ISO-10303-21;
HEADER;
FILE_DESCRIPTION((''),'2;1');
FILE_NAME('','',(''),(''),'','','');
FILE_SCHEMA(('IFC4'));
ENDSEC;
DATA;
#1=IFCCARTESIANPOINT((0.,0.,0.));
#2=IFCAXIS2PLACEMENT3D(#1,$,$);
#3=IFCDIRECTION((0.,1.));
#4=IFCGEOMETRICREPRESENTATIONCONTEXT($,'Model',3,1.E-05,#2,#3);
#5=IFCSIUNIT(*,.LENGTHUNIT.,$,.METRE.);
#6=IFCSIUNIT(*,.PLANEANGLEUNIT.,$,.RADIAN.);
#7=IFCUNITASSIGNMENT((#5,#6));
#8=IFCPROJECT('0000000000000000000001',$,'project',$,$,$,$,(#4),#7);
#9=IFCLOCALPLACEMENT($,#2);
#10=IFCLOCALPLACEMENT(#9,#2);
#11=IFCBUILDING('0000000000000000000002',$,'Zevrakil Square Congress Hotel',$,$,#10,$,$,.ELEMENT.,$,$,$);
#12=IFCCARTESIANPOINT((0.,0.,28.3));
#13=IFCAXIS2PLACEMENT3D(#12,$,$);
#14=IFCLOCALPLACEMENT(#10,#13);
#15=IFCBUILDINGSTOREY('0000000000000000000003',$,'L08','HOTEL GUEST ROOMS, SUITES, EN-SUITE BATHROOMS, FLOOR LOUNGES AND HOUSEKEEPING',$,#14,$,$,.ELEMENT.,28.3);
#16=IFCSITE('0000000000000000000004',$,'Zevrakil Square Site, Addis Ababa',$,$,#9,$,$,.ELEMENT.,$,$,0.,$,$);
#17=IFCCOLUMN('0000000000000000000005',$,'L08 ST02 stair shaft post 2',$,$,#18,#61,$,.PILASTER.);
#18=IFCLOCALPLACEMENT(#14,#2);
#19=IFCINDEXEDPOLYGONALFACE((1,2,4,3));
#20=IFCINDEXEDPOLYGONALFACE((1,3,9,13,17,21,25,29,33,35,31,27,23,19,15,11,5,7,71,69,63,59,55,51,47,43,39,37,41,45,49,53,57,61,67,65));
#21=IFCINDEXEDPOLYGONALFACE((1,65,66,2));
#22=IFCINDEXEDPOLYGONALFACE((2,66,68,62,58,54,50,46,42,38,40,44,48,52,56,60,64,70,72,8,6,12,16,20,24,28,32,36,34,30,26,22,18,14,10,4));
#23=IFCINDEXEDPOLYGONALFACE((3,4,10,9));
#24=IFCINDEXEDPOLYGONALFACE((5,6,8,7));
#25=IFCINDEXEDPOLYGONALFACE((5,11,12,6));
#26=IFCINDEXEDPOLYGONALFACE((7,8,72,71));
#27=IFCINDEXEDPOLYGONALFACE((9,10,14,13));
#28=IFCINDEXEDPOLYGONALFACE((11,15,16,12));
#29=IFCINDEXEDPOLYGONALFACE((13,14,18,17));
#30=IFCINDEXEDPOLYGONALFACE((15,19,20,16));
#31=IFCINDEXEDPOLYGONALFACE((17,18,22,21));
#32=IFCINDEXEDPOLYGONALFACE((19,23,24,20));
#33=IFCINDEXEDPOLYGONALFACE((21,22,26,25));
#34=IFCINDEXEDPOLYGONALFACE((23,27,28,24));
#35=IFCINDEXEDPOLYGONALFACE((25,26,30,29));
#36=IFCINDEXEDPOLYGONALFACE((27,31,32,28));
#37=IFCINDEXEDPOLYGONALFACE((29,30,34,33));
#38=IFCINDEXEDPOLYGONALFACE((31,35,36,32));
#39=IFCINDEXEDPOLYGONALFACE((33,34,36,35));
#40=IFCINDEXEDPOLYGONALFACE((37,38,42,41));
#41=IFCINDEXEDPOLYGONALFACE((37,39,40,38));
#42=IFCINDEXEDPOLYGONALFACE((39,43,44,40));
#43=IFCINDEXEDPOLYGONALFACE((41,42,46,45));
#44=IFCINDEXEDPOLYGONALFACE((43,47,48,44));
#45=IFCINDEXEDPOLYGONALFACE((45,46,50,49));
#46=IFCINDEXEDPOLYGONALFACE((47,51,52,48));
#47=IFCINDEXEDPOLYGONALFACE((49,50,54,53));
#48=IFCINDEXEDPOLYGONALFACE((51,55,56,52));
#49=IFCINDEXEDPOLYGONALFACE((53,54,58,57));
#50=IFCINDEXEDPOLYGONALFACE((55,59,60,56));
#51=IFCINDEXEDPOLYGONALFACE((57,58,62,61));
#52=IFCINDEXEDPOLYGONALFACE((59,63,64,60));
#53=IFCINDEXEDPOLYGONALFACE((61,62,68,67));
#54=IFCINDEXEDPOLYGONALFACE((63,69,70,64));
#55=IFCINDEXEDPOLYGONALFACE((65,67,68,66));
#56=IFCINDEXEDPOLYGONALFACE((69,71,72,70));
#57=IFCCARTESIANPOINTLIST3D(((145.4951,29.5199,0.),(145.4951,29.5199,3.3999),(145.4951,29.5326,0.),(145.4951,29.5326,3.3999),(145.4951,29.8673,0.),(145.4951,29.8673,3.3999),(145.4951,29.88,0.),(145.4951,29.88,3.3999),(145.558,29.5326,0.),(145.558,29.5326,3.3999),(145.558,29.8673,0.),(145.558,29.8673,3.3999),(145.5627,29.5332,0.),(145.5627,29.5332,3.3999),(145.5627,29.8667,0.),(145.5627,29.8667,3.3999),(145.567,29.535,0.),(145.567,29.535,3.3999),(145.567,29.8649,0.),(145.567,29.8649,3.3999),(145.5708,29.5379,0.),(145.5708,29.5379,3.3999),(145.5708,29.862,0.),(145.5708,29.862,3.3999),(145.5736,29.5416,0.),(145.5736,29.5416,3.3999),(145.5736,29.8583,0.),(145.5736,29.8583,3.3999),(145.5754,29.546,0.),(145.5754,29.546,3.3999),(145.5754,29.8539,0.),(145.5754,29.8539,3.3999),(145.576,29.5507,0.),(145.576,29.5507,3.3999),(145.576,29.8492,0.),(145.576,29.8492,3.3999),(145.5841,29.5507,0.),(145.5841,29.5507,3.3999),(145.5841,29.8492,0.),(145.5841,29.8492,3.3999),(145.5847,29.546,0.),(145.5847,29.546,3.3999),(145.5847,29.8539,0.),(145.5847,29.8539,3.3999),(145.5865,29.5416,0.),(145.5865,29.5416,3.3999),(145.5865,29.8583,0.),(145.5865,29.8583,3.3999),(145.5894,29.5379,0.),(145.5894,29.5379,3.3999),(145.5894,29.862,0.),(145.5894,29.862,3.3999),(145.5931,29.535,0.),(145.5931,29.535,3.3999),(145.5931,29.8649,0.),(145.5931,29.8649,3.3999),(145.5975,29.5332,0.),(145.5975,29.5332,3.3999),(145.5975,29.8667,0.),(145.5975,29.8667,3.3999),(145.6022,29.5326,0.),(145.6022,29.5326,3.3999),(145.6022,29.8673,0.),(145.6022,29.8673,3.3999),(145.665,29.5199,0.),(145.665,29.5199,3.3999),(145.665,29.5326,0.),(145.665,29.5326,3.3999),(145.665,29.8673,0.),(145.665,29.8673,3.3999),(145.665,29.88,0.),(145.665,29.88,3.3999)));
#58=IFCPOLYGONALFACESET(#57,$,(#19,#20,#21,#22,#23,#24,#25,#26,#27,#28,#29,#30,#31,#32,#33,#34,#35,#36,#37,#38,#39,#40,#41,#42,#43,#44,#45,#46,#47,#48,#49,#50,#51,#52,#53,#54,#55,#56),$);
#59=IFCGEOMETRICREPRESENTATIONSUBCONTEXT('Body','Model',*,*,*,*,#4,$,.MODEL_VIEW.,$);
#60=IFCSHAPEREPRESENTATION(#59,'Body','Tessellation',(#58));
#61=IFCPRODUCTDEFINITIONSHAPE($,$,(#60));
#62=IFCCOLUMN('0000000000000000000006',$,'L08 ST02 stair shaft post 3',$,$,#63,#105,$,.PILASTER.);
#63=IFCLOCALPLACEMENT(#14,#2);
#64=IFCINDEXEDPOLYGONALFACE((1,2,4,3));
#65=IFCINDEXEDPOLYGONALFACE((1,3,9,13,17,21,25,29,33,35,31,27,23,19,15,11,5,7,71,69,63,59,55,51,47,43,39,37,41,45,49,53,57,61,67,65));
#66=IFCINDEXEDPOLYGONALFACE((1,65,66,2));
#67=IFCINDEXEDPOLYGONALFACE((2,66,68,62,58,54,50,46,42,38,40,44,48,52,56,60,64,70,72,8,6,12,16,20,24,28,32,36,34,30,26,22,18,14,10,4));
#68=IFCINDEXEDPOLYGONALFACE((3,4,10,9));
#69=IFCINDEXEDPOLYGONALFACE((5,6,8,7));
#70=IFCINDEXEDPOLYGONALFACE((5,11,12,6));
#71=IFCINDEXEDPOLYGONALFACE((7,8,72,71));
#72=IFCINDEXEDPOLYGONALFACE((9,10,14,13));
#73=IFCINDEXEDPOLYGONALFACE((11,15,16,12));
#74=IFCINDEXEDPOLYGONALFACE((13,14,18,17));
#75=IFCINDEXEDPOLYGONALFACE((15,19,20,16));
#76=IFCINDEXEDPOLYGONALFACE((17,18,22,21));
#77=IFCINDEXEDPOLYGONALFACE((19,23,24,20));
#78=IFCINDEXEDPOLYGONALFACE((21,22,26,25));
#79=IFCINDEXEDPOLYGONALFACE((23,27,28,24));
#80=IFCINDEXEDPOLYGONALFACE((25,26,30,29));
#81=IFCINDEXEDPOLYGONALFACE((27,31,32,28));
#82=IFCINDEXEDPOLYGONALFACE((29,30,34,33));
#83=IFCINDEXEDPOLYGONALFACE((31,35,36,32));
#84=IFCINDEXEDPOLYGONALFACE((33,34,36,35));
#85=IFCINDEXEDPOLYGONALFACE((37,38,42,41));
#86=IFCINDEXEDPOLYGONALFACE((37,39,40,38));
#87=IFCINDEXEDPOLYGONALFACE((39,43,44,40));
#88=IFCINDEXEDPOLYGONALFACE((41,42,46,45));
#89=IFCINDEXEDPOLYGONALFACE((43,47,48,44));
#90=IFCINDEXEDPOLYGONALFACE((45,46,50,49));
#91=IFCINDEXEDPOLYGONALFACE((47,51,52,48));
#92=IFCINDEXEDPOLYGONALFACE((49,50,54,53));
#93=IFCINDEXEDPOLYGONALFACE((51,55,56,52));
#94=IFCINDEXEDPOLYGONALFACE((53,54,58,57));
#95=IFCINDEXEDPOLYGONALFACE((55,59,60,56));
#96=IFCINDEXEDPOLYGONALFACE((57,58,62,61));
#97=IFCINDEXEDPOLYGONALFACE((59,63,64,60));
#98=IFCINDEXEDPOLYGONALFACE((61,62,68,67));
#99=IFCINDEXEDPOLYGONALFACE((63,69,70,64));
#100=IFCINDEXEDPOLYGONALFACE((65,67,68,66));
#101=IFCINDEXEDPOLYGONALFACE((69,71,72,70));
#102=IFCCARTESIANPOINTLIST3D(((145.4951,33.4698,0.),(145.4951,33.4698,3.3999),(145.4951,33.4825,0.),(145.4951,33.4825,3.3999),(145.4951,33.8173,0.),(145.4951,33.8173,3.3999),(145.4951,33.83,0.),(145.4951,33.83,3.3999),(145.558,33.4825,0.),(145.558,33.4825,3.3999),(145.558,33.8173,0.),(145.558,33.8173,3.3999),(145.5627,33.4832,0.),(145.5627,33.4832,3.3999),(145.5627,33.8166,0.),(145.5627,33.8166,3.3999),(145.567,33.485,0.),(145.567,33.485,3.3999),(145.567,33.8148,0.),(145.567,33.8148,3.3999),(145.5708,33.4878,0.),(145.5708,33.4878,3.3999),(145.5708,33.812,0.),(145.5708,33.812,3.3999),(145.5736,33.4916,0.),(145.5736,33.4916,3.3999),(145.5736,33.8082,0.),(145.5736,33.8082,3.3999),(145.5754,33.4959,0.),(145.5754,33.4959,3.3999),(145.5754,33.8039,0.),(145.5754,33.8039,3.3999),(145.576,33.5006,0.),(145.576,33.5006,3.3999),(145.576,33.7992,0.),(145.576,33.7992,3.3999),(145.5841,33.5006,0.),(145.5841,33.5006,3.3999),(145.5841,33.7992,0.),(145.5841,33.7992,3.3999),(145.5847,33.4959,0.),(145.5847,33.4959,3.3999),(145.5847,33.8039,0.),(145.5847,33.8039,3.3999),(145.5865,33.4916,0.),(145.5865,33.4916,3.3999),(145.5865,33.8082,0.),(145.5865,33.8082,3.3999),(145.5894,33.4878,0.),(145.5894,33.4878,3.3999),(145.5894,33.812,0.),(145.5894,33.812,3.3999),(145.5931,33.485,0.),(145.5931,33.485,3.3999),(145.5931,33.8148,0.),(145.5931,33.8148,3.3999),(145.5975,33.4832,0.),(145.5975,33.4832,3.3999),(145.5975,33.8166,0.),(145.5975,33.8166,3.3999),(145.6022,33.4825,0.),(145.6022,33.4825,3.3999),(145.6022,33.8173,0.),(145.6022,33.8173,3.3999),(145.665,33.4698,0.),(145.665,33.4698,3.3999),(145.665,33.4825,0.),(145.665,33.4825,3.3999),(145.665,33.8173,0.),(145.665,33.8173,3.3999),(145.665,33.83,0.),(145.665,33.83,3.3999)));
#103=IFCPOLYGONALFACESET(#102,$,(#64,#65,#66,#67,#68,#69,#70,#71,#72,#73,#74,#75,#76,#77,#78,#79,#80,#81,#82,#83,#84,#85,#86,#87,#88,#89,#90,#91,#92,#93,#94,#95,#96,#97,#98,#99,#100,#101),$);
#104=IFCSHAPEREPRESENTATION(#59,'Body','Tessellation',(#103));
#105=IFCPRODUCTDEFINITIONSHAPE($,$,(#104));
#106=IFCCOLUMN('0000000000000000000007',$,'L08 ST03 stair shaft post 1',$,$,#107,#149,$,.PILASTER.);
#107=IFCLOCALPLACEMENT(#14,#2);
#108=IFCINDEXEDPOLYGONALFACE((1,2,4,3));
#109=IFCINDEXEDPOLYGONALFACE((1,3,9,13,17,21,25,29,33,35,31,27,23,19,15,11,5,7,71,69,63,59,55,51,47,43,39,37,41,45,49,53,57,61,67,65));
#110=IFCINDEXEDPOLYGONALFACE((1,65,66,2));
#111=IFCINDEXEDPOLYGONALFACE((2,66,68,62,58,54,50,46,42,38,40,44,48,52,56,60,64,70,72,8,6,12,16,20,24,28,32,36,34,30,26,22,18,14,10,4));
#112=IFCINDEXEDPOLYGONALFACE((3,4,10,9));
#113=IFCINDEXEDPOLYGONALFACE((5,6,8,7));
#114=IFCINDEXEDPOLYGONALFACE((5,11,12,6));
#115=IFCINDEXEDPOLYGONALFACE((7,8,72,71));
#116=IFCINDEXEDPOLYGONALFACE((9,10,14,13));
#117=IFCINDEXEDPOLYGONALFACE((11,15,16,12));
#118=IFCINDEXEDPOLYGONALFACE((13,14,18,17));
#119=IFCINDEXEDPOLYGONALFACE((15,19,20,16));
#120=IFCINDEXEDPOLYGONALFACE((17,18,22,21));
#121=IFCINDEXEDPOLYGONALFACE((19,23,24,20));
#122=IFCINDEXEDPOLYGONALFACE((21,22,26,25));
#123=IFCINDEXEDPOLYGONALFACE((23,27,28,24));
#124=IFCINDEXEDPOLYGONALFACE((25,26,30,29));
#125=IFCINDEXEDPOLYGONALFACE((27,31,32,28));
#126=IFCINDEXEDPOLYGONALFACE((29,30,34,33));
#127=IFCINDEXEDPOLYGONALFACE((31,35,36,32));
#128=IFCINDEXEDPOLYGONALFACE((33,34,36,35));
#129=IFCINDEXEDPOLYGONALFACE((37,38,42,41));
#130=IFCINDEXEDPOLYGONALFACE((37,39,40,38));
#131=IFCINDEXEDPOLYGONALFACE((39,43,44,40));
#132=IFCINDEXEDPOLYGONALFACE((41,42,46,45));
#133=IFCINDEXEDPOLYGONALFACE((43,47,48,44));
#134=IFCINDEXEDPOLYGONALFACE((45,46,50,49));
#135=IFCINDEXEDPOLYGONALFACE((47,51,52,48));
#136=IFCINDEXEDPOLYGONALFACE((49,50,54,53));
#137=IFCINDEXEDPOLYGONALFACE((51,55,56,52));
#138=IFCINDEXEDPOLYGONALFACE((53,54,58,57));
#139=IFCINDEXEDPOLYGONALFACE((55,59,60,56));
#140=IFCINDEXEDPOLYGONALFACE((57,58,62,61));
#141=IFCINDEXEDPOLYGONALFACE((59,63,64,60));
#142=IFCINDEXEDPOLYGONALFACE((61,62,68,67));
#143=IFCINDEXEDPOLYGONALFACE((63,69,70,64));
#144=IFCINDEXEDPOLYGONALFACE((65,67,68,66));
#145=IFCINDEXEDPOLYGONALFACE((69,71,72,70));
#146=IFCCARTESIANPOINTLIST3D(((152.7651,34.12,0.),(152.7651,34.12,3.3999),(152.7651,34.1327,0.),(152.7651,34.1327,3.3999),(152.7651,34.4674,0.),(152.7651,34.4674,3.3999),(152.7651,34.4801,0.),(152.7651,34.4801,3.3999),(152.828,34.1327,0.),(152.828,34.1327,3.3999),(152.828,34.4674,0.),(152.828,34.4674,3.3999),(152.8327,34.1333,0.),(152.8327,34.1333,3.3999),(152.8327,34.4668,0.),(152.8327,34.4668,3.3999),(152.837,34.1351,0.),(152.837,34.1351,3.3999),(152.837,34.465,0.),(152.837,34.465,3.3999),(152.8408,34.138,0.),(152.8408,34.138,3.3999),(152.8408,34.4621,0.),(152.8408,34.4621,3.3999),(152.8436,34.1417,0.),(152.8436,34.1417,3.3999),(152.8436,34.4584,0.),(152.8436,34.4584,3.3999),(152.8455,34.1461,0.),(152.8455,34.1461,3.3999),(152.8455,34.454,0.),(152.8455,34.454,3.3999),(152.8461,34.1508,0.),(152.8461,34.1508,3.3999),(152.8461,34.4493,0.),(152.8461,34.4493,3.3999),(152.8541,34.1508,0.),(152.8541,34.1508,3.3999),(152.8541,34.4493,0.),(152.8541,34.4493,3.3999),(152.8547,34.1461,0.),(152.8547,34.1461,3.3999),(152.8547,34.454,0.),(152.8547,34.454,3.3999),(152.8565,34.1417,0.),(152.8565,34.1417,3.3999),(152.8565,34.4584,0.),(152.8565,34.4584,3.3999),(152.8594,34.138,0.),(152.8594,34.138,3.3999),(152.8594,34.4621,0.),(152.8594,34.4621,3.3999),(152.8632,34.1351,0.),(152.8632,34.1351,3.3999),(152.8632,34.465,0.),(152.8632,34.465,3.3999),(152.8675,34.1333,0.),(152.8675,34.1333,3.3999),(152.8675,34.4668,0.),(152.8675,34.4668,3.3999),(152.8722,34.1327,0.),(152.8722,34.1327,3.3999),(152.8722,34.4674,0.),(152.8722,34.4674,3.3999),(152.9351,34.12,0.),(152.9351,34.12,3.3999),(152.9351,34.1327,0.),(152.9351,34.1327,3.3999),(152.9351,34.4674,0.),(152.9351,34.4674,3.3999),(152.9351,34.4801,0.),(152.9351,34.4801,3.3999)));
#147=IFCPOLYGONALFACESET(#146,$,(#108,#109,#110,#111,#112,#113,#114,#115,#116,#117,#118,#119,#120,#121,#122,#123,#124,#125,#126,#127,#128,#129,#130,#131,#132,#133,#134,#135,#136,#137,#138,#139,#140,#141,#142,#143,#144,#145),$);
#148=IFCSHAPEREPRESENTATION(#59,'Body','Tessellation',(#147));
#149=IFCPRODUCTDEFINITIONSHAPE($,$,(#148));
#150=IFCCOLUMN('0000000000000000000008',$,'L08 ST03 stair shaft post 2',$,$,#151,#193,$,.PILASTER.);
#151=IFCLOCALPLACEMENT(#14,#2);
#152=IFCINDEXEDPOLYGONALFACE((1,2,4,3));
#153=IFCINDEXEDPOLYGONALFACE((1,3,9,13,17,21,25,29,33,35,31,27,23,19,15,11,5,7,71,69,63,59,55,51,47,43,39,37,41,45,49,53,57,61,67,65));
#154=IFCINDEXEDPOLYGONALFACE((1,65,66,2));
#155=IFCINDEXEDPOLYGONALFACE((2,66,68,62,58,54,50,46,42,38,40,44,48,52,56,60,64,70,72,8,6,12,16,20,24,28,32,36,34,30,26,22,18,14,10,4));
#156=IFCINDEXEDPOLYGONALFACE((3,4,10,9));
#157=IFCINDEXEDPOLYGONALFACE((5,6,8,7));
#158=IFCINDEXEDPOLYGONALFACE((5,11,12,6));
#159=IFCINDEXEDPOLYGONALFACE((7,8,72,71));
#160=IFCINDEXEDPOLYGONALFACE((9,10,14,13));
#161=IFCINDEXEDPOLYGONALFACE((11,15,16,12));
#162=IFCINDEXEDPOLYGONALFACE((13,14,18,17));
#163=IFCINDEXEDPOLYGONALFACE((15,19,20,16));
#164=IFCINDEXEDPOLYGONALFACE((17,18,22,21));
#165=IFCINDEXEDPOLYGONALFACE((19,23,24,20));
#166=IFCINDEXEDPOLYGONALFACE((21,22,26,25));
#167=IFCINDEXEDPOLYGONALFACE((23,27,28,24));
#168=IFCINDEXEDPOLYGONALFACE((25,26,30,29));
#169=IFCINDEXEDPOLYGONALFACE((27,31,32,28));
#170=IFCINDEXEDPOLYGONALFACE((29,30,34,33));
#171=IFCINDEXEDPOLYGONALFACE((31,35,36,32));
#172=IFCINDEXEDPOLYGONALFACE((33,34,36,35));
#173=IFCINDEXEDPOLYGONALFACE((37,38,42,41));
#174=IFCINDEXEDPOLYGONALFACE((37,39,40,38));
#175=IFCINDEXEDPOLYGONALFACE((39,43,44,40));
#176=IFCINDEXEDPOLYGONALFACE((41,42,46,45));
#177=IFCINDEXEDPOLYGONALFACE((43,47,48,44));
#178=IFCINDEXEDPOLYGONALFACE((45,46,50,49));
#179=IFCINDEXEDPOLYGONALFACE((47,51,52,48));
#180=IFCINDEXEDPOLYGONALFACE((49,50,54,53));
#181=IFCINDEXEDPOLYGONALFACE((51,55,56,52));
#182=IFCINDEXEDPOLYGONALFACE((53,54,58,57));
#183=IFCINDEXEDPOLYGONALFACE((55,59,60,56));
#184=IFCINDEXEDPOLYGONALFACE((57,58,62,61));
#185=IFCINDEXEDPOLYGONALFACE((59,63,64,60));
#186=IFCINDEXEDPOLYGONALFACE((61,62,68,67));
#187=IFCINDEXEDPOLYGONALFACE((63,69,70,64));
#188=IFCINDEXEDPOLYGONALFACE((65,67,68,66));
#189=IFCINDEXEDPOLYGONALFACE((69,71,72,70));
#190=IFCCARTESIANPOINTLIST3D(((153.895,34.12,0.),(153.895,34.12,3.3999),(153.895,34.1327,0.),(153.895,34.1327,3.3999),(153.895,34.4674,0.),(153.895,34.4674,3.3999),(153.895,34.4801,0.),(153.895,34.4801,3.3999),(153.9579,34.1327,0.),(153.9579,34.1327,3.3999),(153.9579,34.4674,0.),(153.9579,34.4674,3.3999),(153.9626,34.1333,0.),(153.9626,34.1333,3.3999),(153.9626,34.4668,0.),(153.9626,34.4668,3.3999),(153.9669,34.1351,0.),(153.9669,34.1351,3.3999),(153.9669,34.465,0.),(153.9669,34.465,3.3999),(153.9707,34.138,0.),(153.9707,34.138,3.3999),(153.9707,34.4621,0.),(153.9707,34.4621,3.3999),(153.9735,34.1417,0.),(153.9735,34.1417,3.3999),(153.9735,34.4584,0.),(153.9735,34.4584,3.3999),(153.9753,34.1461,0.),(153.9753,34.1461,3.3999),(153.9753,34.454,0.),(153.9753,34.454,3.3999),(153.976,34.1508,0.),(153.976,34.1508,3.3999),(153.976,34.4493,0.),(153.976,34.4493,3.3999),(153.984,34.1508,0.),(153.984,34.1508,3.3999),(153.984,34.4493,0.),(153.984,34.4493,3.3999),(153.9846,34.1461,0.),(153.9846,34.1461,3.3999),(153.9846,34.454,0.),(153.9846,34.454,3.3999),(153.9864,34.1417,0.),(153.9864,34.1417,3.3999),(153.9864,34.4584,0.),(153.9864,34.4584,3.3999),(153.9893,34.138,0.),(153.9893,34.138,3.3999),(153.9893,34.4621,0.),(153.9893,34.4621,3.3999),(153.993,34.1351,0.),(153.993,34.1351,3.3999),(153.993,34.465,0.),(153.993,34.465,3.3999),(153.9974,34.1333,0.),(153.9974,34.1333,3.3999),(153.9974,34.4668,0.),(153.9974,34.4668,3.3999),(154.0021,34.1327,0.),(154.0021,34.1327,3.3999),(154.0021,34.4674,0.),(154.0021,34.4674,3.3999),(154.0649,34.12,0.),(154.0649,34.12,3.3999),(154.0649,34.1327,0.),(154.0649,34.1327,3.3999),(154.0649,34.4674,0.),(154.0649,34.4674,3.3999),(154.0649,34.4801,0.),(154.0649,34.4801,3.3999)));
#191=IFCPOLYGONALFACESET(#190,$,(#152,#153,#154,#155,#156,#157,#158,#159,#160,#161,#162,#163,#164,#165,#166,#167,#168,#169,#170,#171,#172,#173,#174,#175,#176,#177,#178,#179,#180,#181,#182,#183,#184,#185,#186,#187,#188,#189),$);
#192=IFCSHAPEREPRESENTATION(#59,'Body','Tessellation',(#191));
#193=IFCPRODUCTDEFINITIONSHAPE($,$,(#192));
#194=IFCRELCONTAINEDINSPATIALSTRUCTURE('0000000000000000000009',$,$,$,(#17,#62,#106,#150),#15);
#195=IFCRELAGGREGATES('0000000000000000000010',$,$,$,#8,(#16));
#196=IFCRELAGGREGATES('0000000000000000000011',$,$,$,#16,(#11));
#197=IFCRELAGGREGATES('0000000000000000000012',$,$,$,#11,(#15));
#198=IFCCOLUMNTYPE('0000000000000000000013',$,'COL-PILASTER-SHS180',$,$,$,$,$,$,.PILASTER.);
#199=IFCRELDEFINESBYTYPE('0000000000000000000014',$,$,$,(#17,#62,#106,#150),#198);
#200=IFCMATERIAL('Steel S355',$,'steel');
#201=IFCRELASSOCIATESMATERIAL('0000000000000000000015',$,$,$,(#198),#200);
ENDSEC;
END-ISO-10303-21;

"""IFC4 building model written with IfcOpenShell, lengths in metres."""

from ifc_helpers import new_model, si_unit, direction, frame, origin, origin_2d, place, context, subcontext, project, spatial, i_section, extrude, material, material_profile, profile_set, type_object, element, save


model = new_model("IFC4")

# Units and contexts
model_context = context("Model", 3, precision=1e-05, world=origin(), true_north=direction((0.0, 1.0)))
body_context = subcontext(model_context, "Body", "Model", "MODEL_VIEW")
ifc_project = project(units=[si_unit("LENGTHUNIT", "METRE"), si_unit("PLANEANGLEUNIT", "RADIAN")], contexts=[model_context])

# Site, building, storey
site_placement = place(None, origin())
site = spatial("IfcSite", under=ifc_project, at=site_placement, Name="Zevrakil Square Site, Addis Ababa", CompositionType="ELEMENT", RefElevation=0.0)
building_placement = place(site_placement, origin())
building = spatial("IfcBuilding", under=site, at=building_placement, Name="Zevrakil Square Congress Hotel", CompositionType="ELEMENT")
storey_placement = place(building_placement, frame((0.0, 0.0, 28.3)))
storey = spatial("IfcBuildingStorey", under=building, at=storey_placement, Name="L08", Description="HOTEL GUEST ROOMS, SUITES, EN-SUITE BATHROOMS, FLOOR LOUNGES AND HOUSEKEEPING", CompositionType="ELEMENT", Elevation=28.3)

# Columns
ifc_material_1 = material(Name="Steel S355", Category="steel")
ifc_material_profile_1 = material_profile(ifc_material_1, i_section(OverallWidth=0.1699, OverallDepth=0.3601, WebThickness=0.0081, FlangeThickness=0.0127, FilletRadius=0.0181, at=origin_2d()), Name="IPE 360")
ifc_profile_set_1 = profile_set([ifc_material_profile_1], Name="Steel S355")
column_type = type_object("IfcColumnType", Name="COL-PILASTER-SHS180", PredefinedType="PILASTER", material=ifc_profile_set_1)
for number, where, z_axis, x_axis, name in (
    (1, (145.5801, 29.7, 0.0), (0.0, 0.0, 1.0), (1.0, 0.0, 0.0), "L08 ST02 stair shaft post 2"),
    (2, (145.5801, 33.6499, 0.0), (0.0, 0.0, 1.0), (1.0, 0.0, 0.0), "L08 ST02 stair shaft post 3"),
    (3, (152.8501, 34.3, 0.0), (0.0, 0.0, 1.0), (1.0, 0.0, 0.0), "L08 ST03 stair shaft post 1"),
    (4, (153.98, 34.3, 0.0), (0.0, 0.0, 1.0), (1.0, 0.0, 0.0), "L08 ST03 stair shaft post 2"),
):
    element("IfcColumn", number, at=place(storey_placement, frame(where, z_axis=z_axis, x_axis=x_axis)), inside=storey, type_object=column_type, Name=name, PredefinedType="PILASTER", context=body_context, shape_type="SweptSolid", body=[
        extrude(i_section(OverallWidth=0.1699, OverallDepth=0.3601, WebThickness=0.0081, FlangeThickness=0.0127, FilletRadius=0.0181, at=origin_2d()), origin(), (0.0, 0.0, 1.0), 3.3999),
    ])

save(model, "model.ifc")
